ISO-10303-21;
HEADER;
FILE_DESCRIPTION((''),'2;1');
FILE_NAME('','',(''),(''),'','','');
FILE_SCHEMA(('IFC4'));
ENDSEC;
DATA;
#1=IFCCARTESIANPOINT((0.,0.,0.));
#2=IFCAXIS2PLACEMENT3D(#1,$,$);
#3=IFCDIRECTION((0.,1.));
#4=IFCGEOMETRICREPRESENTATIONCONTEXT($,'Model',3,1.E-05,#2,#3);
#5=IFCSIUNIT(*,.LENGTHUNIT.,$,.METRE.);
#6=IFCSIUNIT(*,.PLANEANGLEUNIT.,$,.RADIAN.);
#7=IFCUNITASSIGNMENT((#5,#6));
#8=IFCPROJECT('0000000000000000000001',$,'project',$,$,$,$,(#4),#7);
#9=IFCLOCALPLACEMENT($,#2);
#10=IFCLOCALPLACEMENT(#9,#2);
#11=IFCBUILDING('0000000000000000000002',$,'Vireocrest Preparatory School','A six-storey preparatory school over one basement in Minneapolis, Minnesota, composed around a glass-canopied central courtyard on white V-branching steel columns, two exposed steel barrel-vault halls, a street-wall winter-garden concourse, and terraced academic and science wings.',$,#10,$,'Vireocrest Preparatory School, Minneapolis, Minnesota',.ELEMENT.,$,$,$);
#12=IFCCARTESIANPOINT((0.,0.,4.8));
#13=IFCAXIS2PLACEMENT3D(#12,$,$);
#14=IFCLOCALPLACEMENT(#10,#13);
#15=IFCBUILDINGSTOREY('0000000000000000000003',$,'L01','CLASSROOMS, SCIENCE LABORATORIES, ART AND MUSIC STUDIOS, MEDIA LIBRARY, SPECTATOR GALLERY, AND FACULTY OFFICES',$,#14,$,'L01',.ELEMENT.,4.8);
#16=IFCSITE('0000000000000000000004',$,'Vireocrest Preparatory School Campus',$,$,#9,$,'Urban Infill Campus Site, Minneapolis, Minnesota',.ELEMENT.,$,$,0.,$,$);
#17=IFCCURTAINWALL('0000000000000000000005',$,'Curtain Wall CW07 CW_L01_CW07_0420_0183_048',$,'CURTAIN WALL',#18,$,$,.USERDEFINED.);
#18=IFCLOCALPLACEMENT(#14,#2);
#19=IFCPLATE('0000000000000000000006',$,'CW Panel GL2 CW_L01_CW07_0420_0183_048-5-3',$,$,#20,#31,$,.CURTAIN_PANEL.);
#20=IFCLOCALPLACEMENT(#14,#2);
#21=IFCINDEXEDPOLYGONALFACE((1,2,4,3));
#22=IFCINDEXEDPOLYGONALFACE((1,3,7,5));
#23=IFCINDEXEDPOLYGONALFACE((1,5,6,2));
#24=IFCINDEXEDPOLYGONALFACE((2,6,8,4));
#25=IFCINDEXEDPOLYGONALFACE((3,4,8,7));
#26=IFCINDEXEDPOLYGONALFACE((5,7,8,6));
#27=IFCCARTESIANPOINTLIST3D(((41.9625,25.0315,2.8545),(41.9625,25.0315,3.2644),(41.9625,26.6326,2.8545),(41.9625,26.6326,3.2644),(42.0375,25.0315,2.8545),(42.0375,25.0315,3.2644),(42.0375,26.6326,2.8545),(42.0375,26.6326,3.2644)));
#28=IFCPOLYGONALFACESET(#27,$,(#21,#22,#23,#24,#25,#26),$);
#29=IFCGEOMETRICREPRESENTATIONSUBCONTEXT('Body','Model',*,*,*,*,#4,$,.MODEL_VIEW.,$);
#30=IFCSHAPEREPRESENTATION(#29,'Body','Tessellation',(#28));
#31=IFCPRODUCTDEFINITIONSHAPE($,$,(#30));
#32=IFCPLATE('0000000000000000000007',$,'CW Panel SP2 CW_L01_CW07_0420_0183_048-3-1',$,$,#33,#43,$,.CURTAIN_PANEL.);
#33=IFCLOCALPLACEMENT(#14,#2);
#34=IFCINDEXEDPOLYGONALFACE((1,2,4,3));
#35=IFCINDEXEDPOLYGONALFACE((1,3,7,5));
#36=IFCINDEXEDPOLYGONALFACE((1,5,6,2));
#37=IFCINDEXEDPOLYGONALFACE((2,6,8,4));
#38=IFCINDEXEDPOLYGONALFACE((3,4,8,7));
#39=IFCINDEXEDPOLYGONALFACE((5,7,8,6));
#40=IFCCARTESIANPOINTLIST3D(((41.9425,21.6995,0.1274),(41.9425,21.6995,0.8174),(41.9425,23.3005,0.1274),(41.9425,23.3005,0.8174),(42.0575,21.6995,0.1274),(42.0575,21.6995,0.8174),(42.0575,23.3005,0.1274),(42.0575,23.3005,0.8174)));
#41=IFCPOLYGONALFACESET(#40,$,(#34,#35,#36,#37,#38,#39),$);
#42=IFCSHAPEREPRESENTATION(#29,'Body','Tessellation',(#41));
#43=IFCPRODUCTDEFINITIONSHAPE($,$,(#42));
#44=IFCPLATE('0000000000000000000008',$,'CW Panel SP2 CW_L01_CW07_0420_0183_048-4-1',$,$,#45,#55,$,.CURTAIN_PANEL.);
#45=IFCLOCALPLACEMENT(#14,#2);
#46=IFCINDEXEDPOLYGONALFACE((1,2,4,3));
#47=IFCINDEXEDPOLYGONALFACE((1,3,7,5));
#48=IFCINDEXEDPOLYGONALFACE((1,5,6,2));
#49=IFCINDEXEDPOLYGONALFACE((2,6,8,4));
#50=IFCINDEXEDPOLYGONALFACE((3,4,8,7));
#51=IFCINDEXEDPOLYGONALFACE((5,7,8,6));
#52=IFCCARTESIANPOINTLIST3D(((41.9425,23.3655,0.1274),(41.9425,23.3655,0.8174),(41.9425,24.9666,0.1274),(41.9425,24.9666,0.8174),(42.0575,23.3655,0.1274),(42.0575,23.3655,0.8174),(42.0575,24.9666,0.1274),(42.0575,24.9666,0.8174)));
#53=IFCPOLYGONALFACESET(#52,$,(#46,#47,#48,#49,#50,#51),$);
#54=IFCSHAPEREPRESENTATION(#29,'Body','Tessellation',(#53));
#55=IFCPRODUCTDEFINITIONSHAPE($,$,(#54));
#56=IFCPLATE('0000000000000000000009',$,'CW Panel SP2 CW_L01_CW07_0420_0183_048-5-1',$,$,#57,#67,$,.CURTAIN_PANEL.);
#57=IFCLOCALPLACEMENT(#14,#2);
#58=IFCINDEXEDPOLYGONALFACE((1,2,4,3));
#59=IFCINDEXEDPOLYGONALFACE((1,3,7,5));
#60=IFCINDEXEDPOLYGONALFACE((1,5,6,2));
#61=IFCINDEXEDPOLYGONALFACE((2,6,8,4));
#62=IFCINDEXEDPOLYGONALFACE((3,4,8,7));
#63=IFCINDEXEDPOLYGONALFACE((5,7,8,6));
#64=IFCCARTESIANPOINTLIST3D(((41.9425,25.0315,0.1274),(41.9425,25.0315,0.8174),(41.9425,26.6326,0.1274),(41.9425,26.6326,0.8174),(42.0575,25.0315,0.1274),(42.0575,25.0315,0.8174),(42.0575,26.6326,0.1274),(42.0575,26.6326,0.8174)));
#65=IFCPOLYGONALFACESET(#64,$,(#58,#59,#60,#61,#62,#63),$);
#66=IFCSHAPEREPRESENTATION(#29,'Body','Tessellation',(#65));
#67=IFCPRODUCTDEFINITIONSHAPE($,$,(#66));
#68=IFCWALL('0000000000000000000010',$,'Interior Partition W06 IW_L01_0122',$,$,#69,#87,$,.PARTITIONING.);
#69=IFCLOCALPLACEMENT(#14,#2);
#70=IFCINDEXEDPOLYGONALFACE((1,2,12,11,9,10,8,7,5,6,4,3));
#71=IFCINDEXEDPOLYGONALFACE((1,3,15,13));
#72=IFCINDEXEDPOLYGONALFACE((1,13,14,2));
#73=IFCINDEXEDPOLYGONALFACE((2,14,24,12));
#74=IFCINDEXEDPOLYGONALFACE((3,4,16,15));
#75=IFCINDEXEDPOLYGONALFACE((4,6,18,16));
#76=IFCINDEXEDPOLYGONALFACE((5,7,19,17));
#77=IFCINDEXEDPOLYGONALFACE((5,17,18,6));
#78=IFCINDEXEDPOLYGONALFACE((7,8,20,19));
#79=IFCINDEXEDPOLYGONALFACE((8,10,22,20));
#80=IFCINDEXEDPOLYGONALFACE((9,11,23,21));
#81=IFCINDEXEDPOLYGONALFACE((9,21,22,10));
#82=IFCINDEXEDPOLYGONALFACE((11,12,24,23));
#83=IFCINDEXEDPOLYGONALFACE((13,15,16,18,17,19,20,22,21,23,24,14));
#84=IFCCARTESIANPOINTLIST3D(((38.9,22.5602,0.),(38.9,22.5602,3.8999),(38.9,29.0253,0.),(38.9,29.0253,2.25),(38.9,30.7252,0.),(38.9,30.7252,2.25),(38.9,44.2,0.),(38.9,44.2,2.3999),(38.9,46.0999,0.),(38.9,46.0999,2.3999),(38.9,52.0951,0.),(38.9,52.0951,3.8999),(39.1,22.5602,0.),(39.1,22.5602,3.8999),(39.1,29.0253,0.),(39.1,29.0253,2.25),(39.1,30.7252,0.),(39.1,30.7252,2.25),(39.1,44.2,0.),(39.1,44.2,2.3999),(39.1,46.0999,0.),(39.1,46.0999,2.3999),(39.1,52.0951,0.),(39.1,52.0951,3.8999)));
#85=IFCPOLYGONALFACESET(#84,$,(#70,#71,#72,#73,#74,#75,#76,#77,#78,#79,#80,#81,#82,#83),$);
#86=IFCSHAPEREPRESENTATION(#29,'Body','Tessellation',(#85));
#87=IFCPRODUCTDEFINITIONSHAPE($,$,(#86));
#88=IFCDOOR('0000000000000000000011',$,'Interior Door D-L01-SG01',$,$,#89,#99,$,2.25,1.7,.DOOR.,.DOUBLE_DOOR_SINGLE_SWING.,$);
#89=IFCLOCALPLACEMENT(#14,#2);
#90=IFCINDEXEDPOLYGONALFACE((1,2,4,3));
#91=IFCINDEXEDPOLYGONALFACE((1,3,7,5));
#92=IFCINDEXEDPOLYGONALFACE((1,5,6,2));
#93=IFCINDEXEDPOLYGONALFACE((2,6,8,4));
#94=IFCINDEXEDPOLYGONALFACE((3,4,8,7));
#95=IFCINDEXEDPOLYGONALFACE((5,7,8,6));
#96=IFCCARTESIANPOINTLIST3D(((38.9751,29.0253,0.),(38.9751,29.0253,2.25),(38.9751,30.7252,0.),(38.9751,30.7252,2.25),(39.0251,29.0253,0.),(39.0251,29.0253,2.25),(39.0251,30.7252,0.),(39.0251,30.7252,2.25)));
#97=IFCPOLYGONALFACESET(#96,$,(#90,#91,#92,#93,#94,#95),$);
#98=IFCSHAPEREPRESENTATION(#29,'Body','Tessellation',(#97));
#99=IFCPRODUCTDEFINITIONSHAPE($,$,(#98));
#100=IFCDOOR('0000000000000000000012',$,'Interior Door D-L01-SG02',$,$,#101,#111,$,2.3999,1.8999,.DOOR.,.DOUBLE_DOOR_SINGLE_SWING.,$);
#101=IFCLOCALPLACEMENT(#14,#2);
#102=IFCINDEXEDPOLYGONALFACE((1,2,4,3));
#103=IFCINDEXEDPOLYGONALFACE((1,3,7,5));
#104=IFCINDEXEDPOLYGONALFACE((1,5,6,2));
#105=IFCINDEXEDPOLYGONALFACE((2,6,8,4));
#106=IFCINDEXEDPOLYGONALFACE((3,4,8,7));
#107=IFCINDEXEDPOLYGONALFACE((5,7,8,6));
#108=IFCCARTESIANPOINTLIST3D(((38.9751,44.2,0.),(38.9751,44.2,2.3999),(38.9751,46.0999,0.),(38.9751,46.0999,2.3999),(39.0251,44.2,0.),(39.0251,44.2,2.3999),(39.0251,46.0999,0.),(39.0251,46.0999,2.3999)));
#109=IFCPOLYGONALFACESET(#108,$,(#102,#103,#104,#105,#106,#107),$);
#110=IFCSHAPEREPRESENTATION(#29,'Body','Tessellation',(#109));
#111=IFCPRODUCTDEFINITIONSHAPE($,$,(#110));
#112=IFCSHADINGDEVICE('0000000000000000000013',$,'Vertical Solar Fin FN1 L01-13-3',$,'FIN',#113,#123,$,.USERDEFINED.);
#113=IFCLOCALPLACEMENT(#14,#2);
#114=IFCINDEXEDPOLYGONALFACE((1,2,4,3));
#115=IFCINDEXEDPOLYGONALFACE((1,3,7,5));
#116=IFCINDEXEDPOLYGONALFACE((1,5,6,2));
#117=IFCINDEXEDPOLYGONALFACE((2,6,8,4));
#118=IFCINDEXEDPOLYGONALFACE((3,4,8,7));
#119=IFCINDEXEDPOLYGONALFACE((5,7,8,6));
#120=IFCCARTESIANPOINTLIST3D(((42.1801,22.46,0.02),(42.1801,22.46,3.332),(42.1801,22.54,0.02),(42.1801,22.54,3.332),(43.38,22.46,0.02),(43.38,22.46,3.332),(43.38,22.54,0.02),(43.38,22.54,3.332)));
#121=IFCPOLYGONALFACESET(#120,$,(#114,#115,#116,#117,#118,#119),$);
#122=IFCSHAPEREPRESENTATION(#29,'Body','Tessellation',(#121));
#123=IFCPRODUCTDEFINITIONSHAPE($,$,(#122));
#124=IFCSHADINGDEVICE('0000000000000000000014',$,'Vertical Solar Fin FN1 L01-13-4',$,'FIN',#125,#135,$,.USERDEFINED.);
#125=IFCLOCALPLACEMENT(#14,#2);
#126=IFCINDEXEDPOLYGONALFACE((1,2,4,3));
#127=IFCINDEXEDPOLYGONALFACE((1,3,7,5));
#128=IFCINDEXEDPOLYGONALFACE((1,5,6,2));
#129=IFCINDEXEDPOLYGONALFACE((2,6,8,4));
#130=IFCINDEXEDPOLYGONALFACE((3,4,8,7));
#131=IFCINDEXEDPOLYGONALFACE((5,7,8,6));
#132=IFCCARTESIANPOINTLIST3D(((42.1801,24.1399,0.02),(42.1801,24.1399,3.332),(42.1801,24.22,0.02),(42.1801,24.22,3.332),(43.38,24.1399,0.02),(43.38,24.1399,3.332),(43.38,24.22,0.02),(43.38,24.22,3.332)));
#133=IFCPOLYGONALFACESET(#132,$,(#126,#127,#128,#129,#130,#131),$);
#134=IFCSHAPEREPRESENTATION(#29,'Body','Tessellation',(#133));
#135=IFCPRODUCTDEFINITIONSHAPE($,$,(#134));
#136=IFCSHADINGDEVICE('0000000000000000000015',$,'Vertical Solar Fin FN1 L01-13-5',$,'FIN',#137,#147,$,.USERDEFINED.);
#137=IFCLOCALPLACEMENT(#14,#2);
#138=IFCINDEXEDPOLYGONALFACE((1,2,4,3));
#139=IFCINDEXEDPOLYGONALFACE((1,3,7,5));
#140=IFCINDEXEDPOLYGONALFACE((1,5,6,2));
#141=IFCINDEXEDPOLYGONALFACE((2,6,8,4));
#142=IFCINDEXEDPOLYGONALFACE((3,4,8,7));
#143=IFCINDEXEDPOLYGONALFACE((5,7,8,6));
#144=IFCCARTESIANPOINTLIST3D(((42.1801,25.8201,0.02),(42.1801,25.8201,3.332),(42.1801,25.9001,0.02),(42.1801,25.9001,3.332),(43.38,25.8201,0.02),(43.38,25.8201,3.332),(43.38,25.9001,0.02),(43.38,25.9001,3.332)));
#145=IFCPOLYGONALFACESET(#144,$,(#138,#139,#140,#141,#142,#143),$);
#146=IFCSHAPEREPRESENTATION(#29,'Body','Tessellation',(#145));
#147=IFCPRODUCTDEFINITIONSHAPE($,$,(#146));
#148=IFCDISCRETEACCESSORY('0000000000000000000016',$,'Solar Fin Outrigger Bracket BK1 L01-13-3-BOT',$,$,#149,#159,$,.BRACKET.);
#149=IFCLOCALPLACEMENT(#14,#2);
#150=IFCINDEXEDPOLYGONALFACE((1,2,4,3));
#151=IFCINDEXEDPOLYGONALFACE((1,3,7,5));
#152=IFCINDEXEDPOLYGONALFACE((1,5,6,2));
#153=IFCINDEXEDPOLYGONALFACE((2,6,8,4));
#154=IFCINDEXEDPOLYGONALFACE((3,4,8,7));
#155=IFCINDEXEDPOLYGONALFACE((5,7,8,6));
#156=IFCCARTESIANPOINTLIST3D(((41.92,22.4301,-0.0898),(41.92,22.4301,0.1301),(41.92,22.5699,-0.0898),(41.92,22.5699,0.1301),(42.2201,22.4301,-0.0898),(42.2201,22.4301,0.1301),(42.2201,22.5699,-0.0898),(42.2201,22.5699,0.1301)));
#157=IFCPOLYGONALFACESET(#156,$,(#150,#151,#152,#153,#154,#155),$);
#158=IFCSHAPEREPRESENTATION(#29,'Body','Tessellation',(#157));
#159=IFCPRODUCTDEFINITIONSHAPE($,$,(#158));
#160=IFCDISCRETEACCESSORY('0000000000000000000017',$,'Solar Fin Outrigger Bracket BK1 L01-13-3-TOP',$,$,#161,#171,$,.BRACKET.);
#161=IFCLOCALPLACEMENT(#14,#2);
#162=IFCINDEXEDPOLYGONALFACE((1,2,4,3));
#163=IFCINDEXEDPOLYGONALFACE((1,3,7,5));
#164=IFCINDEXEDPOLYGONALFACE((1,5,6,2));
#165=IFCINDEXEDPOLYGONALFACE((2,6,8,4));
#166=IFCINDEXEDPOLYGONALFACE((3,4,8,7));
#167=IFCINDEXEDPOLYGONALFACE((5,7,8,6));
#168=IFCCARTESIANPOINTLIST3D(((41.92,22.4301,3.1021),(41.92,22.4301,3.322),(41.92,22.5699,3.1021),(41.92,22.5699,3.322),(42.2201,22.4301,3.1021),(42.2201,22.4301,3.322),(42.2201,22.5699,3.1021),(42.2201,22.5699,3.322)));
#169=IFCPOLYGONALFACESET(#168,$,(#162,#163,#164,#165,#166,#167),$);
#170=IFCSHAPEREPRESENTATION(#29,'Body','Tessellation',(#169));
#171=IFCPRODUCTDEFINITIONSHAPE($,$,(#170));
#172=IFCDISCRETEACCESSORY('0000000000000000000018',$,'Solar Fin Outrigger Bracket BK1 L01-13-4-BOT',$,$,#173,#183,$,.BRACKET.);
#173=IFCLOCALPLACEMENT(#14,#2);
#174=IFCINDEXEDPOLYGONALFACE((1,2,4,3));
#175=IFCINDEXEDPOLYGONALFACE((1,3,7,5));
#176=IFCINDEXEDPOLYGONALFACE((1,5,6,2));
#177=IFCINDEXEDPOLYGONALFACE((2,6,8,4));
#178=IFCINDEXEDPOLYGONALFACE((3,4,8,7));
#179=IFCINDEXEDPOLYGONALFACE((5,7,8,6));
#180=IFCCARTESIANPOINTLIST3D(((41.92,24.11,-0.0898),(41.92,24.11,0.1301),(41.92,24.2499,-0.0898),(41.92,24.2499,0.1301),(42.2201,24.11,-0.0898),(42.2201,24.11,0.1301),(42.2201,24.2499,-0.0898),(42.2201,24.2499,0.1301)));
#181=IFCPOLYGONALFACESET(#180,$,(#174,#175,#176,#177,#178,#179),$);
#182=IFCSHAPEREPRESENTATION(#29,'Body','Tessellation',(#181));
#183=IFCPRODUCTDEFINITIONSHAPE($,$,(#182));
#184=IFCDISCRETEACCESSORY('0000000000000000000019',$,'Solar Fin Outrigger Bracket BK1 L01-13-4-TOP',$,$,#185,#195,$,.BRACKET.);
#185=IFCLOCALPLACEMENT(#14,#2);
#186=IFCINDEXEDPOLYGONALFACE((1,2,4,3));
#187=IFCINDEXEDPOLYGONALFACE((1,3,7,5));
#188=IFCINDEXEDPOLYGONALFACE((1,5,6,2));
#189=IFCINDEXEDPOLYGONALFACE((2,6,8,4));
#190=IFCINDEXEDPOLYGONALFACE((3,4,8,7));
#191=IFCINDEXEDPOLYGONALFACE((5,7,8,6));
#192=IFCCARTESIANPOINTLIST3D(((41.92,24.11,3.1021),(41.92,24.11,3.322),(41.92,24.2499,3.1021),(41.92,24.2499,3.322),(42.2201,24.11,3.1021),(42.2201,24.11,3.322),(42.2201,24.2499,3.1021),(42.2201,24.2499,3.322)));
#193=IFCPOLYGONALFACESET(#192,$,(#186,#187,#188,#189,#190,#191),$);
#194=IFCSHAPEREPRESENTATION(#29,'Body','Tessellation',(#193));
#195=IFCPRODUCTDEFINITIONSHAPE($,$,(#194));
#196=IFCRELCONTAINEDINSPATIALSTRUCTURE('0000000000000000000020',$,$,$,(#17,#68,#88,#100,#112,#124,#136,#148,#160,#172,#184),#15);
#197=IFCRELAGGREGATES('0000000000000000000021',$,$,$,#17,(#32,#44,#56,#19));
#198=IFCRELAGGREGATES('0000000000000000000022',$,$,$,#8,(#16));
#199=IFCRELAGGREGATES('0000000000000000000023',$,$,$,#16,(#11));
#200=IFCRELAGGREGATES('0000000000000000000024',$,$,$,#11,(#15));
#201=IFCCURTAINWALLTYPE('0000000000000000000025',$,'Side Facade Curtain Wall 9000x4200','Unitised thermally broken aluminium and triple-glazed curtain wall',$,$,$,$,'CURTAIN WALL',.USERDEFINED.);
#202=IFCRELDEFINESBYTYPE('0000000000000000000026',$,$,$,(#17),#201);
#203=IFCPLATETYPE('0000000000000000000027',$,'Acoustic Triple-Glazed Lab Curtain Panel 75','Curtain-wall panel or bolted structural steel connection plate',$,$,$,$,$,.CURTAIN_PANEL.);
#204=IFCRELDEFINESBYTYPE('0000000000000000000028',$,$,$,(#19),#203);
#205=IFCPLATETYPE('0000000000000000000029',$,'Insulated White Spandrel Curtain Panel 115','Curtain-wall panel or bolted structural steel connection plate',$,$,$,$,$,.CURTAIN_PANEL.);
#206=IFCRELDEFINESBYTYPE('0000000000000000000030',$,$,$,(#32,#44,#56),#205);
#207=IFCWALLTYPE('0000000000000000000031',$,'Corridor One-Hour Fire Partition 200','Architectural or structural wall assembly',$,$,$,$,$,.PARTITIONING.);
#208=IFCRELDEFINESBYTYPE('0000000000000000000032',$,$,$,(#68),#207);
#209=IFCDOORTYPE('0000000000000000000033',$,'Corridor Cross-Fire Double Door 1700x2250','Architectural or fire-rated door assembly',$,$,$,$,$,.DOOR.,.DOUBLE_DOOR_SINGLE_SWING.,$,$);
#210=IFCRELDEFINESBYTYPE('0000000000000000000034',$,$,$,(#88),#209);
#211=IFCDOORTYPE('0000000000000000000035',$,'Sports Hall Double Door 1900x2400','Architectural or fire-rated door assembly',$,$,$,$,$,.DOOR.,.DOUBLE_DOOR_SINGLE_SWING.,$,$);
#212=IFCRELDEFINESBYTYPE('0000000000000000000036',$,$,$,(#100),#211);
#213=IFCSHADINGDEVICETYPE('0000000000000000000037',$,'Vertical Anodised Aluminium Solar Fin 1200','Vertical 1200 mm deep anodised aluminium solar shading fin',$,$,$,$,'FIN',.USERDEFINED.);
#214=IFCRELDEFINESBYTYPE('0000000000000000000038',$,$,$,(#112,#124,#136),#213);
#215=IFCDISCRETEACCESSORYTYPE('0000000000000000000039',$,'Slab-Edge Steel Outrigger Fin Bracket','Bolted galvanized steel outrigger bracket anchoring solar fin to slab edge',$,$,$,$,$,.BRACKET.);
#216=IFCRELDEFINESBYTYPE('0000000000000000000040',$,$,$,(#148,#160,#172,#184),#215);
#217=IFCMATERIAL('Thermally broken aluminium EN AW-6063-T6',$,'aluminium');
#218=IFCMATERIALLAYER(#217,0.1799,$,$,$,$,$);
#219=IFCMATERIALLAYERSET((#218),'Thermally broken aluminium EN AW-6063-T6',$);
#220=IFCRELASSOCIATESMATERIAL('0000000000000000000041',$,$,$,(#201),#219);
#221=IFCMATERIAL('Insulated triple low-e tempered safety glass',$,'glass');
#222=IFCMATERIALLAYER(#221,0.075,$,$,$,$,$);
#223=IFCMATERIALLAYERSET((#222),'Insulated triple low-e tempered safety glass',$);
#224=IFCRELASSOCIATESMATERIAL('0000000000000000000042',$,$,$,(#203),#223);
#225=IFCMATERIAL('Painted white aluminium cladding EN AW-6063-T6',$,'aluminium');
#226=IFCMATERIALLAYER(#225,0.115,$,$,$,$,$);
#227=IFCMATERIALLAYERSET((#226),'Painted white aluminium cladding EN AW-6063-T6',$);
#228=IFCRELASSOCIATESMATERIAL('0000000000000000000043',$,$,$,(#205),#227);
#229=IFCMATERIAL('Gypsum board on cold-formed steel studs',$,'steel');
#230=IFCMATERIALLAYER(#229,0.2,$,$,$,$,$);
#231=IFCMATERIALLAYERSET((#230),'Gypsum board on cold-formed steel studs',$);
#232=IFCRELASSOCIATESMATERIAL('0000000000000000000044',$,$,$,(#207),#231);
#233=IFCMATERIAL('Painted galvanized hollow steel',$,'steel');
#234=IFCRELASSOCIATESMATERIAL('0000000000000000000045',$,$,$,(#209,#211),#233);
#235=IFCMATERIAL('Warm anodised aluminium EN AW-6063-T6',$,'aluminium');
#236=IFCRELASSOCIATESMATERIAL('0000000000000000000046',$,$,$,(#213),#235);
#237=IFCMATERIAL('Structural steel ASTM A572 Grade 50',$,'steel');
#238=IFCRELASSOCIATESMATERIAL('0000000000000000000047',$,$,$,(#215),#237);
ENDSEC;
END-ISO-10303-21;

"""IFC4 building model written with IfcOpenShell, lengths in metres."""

from ifc_helpers import new_model, si_unit, direction, frame, frame_2d, origin, origin_2d, place, context, subcontext, project, spatial, rectangle, extrude, material, layer, layer_set, material_profile, profile_set, type_object, element, fill, aggregate, save


model = new_model("IFC4")

# Units and contexts
model_context = context("Model", 3, precision=1e-05, world=origin(), true_north=direction((0.0, 1.0)))
body_context = subcontext(model_context, "Body", "Model", "MODEL_VIEW")
ifc_project = project(units=[si_unit("LENGTHUNIT", "METRE"), si_unit("PLANEANGLEUNIT", "RADIAN")], contexts=[model_context])

# Site, building, storey
site_placement = place(None, origin())
site = spatial("IfcSite", under=ifc_project, at=site_placement, Name="Vireocrest Preparatory School Campus", LongName="Urban Infill Campus Site, Minneapolis, Minnesota", CompositionType="ELEMENT", RefElevation=0.0)
building_placement = place(site_placement, origin())
building = spatial("IfcBuilding", under=site, at=building_placement, Name="Vireocrest Preparatory School", Description="A six-storey preparatory school over one basement in Minneapolis, Minnesota, composed around a glass-canopied central courtyard on white V-branching steel columns, two exposed steel barrel-vault halls, a street-wall winter-garden concourse, and terraced academic and science wings.", LongName="Vireocrest Preparatory School, Minneapolis, Minnesota", CompositionType="ELEMENT")
storey_placement = place(building_placement, frame((0.0, 0.0, 4.8)))
storey = spatial("IfcBuildingStorey", under=building, at=storey_placement, Name="L01", Description="CLASSROOMS, SCIENCE LABORATORIES, ART AND MUSIC STUDIOS, MEDIA LIBRARY, SPECTATOR GALLERY, AND FACULTY OFFICES", LongName="L01", CompositionType="ELEMENT", Elevation=4.8)

# Curtain wall
ifc_material_1 = material(Name="Thermally broken aluminium EN AW-6063-T6", Category="aluminium")
ifc_layer_1 = layer(ifc_material_1, 0.1799)
ifc_layer_set_1 = layer_set([ifc_layer_1], Name="Thermally broken aluminium EN AW-6063-T6")
curtain_wall_type = type_object("IfcCurtainWallType", Name="Side Facade Curtain Wall 9000x4200", Description="Unitised thermally broken aluminium and triple-glazed curtain wall", ElementType="CURTAIN WALL", PredefinedType="USERDEFINED", material=ifc_layer_set_1)
curtain_wall_placement = place(storey_placement, origin())
curtain_wall = element("IfcCurtainWall", 1, at=curtain_wall_placement, inside=storey, type_object=curtain_wall_type, Name="Curtain Wall CW07 CW_L01_CW07_0420_0183_048", ObjectType="CURTAIN WALL", PredefinedType="USERDEFINED")

# Plates
ifc_material_2 = material(Name="Insulated triple low-e tempered safety glass", Category="glass")
ifc_layer_2 = layer(ifc_material_2, 0.075)
ifc_layer_set_2 = layer_set([ifc_layer_2], Name="Insulated triple low-e tempered safety glass")
plate_type_1 = type_object("IfcPlateType", Name="Acoustic Triple-Glazed Lab Curtain Panel 75", Description="Curtain-wall panel or bolted structural steel connection plate", PredefinedType="CURTAIN_PANEL", material=ifc_layer_set_2)
plate_1_placement = place(storey_placement, frame((42.0, 25.832, 2.8545), z_axis=(0.0, 0.0, 1.0), x_axis=(0.0, 1.0, 0.0)))
plate_1 = element("IfcPlate", 2, at=plate_1_placement, type_object=plate_type_1, Name="CW Panel GL2 CW_L01_CW07_0420_0183_048-5-3", PredefinedType="CURTAIN_PANEL", context=body_context, shape_type="SweptSolid", body=[
    extrude(rectangle(XDim=1.6011, YDim=0.075, at=origin_2d()), origin(), (0.0, 0.0, 1.0), 0.4099),
])
ifc_material_3 = material(Name="Painted white aluminium cladding EN AW-6063-T6", Category="aluminium")
ifc_layer_3 = layer(ifc_material_3, 0.115)
ifc_layer_set_3 = layer_set([ifc_layer_3], Name="Painted white aluminium cladding EN AW-6063-T6")
plate_type_2 = type_object("IfcPlateType", Name="Insulated White Spandrel Curtain Panel 115", Description="Curtain-wall panel or bolted structural steel connection plate", PredefinedType="CURTAIN_PANEL", material=ifc_layer_set_3)
plate_2_placement = place(storey_placement, frame((42.0, 22.5, 0.1274), z_axis=(0.0, 0.0, 1.0), x_axis=(0.0, 1.0, 0.0)))
plate_2 = element("IfcPlate", 3, at=plate_2_placement, type_object=plate_type_2, Name="CW Panel SP2 CW_L01_CW07_0420_0183_048-3-1", PredefinedType="CURTAIN_PANEL", context=body_context, shape_type="SweptSolid", body=[
    extrude(rectangle(XDim=1.6011, YDim=0.115, at=origin_2d()), origin(), (0.0, 0.0, 1.0), 0.6899),
])
plate_3_placement = place(storey_placement, frame((42.0, 24.166, 0.1274), z_axis=(0.0, 0.0, 1.0), x_axis=(0.0, 1.0, 0.0)))
plate_3 = element("IfcPlate", 4, at=plate_3_placement, type_object=plate_type_2, Name="CW Panel SP2 CW_L01_CW07_0420_0183_048-4-1", PredefinedType="CURTAIN_PANEL", context=body_context, shape_type="SweptSolid", body=[
    extrude(rectangle(XDim=1.6011, YDim=0.115, at=origin_2d()), origin(), (0.0, 0.0, 1.0), 0.6899),
])
plate_4_placement = place(storey_placement, frame((42.0, 25.832, 0.1274), z_axis=(0.0, 0.0, 1.0), x_axis=(0.0, 1.0, 0.0)))
plate_4 = element("IfcPlate", 5, at=plate_4_placement, type_object=plate_type_2, Name="CW Panel SP2 CW_L01_CW07_0420_0183_048-5-1", PredefinedType="CURTAIN_PANEL", context=body_context, shape_type="SweptSolid", body=[
    extrude(rectangle(XDim=1.6011, YDim=0.115, at=origin_2d()), origin(), (0.0, 0.0, 1.0), 0.6899),
])
aggregate(curtain_wall, [plate_2, plate_3, plate_4, plate_1])

# Wall, openings, doors
ifc_material_4 = material(Name="Gypsum board on cold-formed steel studs", Category="steel")
ifc_layer_4 = layer(ifc_material_4, 0.2)
ifc_layer_set_4 = layer_set([ifc_layer_4], Name="Gypsum board on cold-formed steel studs")
wall_type = type_object("IfcWallType", Name="Corridor One-Hour Fire Partition 200", Description="Architectural or structural wall assembly", PredefinedType="PARTITIONING", material=ifc_layer_set_4)
wall_placement = place(storey_placement, frame((39.0, 22.5601, 0.0), z_axis=(0.0, 0.0, 1.0), x_axis=(0.0, 1.0, 0.0)))
wall = element("IfcWall", 6, at=wall_placement, inside=storey, type_object=wall_type, Name="Interior Partition W06 IW_L01_0122", PredefinedType="PARTITIONING", context=body_context, shape_type="SweptSolid", body=[
    extrude(rectangle(XDim=29.5349, YDim=0.2, at=frame_2d((14.7676, 0.0))), origin(), (0.0, 0.0, 1.0), 3.8999),
])
opening_1_placement = place(wall_placement, frame((6.4651, 0.0, 0.0)))
opening_1 = element("IfcOpeningElement", 7, at=opening_1_placement, cuts=wall, PredefinedType="OPENING", context=body_context, shape_type="SweptSolid", body=[
    extrude(rectangle(XDim=1.7, YDim=2.25, at=frame_2d((0.8501, 1.125))), frame((0.0, 0.1099, 0.0), z_axis=(0.0, -1.0, 0.0), x_axis=(1.0, 0.0, 0.0)), (0.0, 0.0, 1.0), 0.22),
])
opening_2_placement = place(wall_placement, frame((21.6399, 0.0, 0.0)))
opening_2 = element("IfcOpeningElement", 8, at=opening_2_placement, cuts=wall, PredefinedType="OPENING", context=body_context, shape_type="SweptSolid", body=[
    extrude(rectangle(XDim=1.8999, YDim=2.3999, at=frame_2d((0.95, 1.2))), frame((0.0, 0.1099, 0.0), z_axis=(0.0, -1.0, 0.0), x_axis=(1.0, 0.0, 0.0)), (0.0, 0.0, 1.0), 0.22),
])
ifc_material_5 = material(Name="Painted galvanized hollow steel", Category="steel")
door_type_1 = type_object("IfcDoorType", Name="Corridor Cross-Fire Double Door 1700x2250", Description="Architectural or fire-rated door assembly", OperationType="DOUBLE_DOOR_SINGLE_SWING", PredefinedType="DOOR", material=ifc_material_5)
door_1_placement = place(opening_1_placement, origin())
door_1 = element("IfcDoor", 9, at=door_1_placement, inside=storey, type_object=door_type_1, Name="Interior Door D-L01-SG01", OperationType="DOUBLE_DOOR_SINGLE_SWING", OverallHeight=2.25, OverallWidth=1.7, PredefinedType="DOOR", context=body_context, shape_type="SweptSolid", body=[
    extrude(rectangle(XDim=1.7, YDim=2.25, at=frame_2d((0.8501, 1.125))), frame((0.0, 0.0249, 0.0), z_axis=(0.0, -1.0, 0.0), x_axis=(1.0, 0.0, 0.0)), (0.0, 0.0, 1.0), 0.05),
])
fill(opening_1, door_1)
door_type_2 = type_object("IfcDoorType", Name="Sports Hall Double Door 1900x2400", Description="Architectural or fire-rated door assembly", OperationType="DOUBLE_DOOR_SINGLE_SWING", PredefinedType="DOOR", material=ifc_material_5)
door_2_placement = place(opening_2_placement, origin())
door_2 = element("IfcDoor", 10, at=door_2_placement, inside=storey, type_object=door_type_2, Name="Interior Door D-L01-SG02", OperationType="DOUBLE_DOOR_SINGLE_SWING", OverallHeight=2.3999, OverallWidth=1.8999, PredefinedType="DOOR", context=body_context, shape_type="SweptSolid", body=[
    extrude(rectangle(XDim=1.8999, YDim=2.3999, at=frame_2d((0.95, 1.2))), frame((0.0, 0.0249, 0.0), z_axis=(0.0, -1.0, 0.0), x_axis=(1.0, 0.0, 0.0)), (0.0, 0.0, 1.0), 0.05),
])
fill(opening_2, door_2)

# Shading devices
ifc_material_6 = material(Name="Warm anodised aluminium EN AW-6063-T6", Category="aluminium")
ifc_material_profile_1 = material_profile(ifc_material_6, rectangle(XDim=0.0801, YDim=1.2, at=origin_2d()), Name="FIN 80x1200")
ifc_profile_set_1 = profile_set([ifc_material_profile_1], Name="Warm anodised aluminium EN AW-6063-T6")
shading_device_type = type_object("IfcShadingDeviceType", Name="Vertical Anodised Aluminium Solar Fin 1200", Description="Vertical 1200 mm deep anodised aluminium solar shading fin", ElementType="FIN", PredefinedType="USERDEFINED", material=ifc_profile_set_1)
for number, where, z_axis, x_axis, name in (
    (11, (42.78, 22.5, 0.02), (0.0, 0.0, 1.0), (0.0, -1.0, 0.0), "Vertical Solar Fin FN1 L01-13-3"),
    (12, (42.78, 24.1799, 0.02), (0.0, 0.0, 1.0), (0.0, -1.0, 0.0), "Vertical Solar Fin FN1 L01-13-4"),
    (13, (42.78, 25.8601, 0.02), (0.0, 0.0, 1.0), (0.0, -1.0, 0.0), "Vertical Solar Fin FN1 L01-13-5"),
):
    element("IfcShadingDevice", number, at=place(storey_placement, frame(where, z_axis=z_axis, x_axis=x_axis)), inside=storey, type_object=shading_device_type, Name=name, ObjectType="FIN", PredefinedType="USERDEFINED", context=body_context, shape_type="SweptSolid", body=[
        extrude(rectangle(XDim=0.0801, YDim=1.2, at=origin_2d()), origin(), (0.0, 0.0, 1.0), 3.312),
    ])

# Discrete accessories
ifc_material_7 = material(Name="Structural steel ASTM A572 Grade 50", Category="steel")
discrete_accessory_type = type_object("IfcDiscreteAccessoryType", Name="Slab-Edge Steel Outrigger Fin Bracket", Description="Bolted galvanized steel outrigger bracket anchoring solar fin to slab edge", PredefinedType="BRACKET", material=ifc_material_7)
for number, where, z_axis, x_axis, name in (
    (14, (42.0701, 22.5, -0.0898), (0.0, 0.0, 1.0), (0.0, -1.0, 0.0), "Solar Fin Outrigger Bracket BK1 L01-13-3-BOT"),
    (15, (42.0701, 22.5, 3.1021), (0.0, 0.0, 1.0), (0.0, -1.0, 0.0), "Solar Fin Outrigger Bracket BK1 L01-13-3-TOP"),
    (16, (42.0701, 24.1799, -0.0898), (0.0, 0.0, 1.0), (0.0, -1.0, 0.0), "Solar Fin Outrigger Bracket BK1 L01-13-4-BOT"),
    (17, (42.0701, 24.1799, 3.1021), (0.0, 0.0, 1.0), (0.0, -1.0, 0.0), "Solar Fin Outrigger Bracket BK1 L01-13-4-TOP"),
):
    element("IfcDiscreteAccessory", number, at=place(storey_placement, frame(where, z_axis=z_axis, x_axis=x_axis)), inside=storey, type_object=discrete_accessory_type, Name=name, PredefinedType="BRACKET", context=body_context, shape_type="SweptSolid", body=[
        extrude(rectangle(XDim=0.1399, YDim=0.3, at=origin_2d()), origin(), (0.0, 0.0, 1.0), 0.22),
    ])

save(model, "model.ifc")
